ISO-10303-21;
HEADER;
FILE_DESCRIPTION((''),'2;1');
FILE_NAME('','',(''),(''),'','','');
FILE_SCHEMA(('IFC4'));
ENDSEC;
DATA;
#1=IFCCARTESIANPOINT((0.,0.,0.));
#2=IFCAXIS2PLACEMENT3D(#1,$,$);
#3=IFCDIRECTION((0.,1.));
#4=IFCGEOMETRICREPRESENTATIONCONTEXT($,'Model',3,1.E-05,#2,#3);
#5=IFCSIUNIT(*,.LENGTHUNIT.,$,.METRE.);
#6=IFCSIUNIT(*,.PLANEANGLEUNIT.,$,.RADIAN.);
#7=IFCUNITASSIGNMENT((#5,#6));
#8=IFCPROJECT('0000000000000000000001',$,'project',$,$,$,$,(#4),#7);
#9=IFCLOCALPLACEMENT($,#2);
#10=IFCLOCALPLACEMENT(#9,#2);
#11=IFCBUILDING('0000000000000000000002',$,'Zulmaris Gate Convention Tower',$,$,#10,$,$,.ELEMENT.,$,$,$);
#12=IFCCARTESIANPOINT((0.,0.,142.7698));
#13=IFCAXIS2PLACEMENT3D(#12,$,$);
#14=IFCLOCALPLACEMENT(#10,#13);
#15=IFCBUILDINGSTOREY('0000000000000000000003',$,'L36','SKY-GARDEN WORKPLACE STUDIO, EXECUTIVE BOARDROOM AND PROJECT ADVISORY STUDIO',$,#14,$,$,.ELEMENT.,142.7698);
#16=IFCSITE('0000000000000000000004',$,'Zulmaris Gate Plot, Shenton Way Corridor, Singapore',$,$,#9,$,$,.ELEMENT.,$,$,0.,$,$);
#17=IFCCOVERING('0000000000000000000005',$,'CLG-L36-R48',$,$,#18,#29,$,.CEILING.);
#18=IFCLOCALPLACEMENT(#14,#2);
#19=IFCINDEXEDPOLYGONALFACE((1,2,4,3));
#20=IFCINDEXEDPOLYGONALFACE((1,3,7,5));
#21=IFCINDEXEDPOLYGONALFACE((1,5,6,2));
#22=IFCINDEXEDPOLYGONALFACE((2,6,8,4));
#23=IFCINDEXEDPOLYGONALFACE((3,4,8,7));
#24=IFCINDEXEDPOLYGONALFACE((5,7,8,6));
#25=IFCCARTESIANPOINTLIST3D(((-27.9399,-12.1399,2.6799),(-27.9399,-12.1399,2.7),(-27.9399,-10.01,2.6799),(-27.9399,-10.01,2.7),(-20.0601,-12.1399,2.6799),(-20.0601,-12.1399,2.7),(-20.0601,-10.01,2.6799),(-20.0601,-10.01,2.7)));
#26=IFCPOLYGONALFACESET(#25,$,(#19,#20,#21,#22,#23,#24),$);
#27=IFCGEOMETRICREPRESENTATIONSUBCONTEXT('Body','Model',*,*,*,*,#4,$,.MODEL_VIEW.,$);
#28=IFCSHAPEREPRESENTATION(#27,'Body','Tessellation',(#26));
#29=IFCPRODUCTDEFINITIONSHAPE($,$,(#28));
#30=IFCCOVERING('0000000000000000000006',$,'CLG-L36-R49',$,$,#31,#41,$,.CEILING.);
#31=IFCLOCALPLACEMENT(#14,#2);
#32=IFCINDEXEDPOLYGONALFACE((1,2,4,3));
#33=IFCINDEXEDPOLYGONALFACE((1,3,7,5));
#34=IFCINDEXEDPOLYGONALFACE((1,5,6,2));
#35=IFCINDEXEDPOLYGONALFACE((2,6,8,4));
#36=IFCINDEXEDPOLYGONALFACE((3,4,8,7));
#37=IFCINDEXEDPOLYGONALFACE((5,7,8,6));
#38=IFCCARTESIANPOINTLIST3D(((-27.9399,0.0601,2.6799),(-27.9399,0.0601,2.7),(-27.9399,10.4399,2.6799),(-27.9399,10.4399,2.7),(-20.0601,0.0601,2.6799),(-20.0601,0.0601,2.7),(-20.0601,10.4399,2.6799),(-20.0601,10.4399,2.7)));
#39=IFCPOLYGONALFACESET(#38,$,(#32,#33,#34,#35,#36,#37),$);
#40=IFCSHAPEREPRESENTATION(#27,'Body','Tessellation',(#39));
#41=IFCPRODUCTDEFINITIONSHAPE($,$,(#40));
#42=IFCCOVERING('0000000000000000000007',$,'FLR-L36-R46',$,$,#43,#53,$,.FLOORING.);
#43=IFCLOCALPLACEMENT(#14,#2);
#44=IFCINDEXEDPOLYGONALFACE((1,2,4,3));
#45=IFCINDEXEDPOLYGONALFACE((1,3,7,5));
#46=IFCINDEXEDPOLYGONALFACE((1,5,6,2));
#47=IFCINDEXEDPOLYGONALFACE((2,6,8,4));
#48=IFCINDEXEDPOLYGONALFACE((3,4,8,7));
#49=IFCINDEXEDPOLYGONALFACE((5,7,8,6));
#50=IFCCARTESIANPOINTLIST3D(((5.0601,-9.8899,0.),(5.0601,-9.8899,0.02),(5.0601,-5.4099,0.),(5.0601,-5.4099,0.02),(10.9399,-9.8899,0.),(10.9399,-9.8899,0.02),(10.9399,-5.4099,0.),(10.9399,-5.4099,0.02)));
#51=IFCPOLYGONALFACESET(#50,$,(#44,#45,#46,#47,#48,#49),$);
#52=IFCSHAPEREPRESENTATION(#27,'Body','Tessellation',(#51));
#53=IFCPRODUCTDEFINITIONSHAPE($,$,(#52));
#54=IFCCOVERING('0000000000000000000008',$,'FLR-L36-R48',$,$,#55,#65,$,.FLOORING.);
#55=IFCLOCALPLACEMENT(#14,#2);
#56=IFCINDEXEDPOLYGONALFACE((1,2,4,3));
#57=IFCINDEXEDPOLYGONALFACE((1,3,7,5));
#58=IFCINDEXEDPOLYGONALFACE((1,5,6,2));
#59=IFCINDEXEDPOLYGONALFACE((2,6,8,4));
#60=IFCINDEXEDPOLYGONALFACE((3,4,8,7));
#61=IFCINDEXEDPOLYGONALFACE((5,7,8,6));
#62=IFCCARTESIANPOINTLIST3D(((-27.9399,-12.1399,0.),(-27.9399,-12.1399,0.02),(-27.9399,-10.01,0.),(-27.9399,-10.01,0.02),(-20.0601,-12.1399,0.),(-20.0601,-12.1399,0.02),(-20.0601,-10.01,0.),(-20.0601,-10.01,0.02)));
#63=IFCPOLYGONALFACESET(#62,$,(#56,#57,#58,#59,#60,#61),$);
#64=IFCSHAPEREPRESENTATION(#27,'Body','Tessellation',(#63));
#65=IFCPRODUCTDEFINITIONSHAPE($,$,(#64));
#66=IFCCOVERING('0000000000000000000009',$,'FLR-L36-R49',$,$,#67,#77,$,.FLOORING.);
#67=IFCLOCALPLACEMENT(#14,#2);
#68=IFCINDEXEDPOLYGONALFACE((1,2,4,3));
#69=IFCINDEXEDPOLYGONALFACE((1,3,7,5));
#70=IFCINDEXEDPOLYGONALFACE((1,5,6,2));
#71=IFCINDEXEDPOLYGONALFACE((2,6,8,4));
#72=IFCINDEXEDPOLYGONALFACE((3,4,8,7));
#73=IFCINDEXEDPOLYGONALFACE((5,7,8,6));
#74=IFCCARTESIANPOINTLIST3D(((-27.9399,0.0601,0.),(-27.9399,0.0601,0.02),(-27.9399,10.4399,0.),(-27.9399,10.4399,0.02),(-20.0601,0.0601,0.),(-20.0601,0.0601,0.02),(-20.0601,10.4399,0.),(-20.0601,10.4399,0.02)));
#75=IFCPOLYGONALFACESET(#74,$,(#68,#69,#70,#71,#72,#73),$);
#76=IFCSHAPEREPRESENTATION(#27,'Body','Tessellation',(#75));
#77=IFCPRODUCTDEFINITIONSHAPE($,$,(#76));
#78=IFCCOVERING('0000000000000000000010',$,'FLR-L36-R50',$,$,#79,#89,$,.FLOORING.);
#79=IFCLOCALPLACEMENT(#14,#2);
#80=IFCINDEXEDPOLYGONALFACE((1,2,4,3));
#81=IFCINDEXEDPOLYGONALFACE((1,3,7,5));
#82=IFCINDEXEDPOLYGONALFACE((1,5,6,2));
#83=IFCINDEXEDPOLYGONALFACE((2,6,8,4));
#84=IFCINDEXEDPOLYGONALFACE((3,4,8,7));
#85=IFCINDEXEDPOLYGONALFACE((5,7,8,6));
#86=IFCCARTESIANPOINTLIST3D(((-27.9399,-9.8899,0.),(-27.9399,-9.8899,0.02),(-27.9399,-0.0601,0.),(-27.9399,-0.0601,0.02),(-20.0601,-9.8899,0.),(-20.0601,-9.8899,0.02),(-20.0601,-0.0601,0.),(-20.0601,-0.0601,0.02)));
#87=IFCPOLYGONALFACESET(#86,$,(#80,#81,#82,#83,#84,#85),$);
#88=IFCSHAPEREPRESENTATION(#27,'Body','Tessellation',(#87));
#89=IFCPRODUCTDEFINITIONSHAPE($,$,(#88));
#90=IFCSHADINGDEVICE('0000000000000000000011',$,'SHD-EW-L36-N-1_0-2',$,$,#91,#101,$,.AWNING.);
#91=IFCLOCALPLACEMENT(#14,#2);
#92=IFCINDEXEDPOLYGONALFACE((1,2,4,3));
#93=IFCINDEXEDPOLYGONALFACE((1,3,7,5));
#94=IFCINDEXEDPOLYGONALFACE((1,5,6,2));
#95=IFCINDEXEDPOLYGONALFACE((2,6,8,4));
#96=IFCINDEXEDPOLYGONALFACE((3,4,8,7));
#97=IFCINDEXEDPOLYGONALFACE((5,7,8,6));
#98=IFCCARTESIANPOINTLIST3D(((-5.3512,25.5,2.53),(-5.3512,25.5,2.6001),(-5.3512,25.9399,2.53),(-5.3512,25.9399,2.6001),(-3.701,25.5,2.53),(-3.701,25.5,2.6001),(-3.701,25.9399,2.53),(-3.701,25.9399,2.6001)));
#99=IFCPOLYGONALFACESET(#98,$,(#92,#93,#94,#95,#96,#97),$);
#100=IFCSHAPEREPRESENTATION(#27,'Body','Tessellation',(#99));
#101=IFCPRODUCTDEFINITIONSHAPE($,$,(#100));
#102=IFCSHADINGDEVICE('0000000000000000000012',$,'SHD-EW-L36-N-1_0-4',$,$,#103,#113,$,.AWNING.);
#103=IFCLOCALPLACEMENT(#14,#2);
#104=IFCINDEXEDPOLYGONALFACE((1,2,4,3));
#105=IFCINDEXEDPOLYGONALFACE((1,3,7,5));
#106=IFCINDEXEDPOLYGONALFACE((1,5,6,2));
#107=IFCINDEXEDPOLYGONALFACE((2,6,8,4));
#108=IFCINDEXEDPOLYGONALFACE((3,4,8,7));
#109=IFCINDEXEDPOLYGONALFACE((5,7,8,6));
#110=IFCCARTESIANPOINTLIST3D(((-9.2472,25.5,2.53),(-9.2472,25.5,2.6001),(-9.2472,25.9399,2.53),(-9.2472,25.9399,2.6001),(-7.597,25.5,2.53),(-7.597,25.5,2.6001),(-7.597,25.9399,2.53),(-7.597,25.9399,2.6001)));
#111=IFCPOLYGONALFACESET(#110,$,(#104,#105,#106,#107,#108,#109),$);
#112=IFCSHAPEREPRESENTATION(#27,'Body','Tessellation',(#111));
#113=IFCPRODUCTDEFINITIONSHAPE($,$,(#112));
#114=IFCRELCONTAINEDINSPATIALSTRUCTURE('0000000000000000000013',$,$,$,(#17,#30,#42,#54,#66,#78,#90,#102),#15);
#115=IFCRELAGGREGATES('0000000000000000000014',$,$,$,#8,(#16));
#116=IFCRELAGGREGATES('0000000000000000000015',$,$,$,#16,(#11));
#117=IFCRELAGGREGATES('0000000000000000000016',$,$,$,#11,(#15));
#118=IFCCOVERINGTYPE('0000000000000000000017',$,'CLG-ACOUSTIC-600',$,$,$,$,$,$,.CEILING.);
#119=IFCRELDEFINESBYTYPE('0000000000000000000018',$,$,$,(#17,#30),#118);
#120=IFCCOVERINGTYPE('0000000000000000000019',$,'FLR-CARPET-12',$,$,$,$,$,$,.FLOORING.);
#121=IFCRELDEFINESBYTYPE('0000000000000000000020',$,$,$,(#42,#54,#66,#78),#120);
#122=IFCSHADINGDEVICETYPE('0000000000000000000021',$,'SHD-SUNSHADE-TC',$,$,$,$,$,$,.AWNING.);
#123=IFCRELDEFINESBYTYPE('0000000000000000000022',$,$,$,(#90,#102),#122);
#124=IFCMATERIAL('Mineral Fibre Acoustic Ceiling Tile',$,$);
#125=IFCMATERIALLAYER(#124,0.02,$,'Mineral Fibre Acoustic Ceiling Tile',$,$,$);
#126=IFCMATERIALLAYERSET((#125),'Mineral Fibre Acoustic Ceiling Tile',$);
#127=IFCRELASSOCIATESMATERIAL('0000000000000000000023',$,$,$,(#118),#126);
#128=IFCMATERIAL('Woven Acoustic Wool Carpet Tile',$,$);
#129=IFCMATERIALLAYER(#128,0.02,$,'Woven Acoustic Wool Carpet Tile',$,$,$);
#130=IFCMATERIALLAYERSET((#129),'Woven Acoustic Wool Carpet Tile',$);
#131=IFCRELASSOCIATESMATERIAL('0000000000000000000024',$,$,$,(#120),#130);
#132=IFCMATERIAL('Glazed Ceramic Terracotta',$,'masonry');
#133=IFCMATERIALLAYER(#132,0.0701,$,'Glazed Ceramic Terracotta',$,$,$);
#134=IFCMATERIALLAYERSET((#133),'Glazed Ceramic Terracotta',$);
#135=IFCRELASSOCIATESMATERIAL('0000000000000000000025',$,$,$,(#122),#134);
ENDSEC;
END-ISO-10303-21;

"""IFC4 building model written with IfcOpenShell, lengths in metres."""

from ifc_helpers import new_model, si_unit, direction, frame, frame_2d, origin, place, context, subcontext, project, spatial, polyline, rectangle, outline, extrude, material, layer, layer_set, type_object, element, save


model = new_model("IFC4")

# Units and contexts
model_context = context("Model", 3, precision=1e-05, world=origin(), true_north=direction((0.0, 1.0)))
body_context = subcontext(model_context, "Body", "Model", "MODEL_VIEW")
ifc_project = project(units=[si_unit("LENGTHUNIT", "METRE"), si_unit("PLANEANGLEUNIT", "RADIAN")], contexts=[model_context])

# Site, building, storey
site_placement = place(None, origin())
site = spatial("IfcSite", under=ifc_project, at=site_placement, Name="Zulmaris Gate Plot, Shenton Way Corridor, Singapore", CompositionType="ELEMENT", RefElevation=0.0)
building_placement = place(site_placement, origin())
building = spatial("IfcBuilding", under=site, at=building_placement, Name="Zulmaris Gate Convention Tower", CompositionType="ELEMENT")
storey_placement = place(building_placement, frame((0.0, 0.0, 142.7698)))
storey = spatial("IfcBuildingStorey", under=building, at=storey_placement, Name="L36", Description="SKY-GARDEN WORKPLACE STUDIO, EXECUTIVE BOARDROOM AND PROJECT ADVISORY STUDIO", CompositionType="ELEMENT", Elevation=142.7698)

# Coverings
ifc_material_1 = material(Name="Mineral Fibre Acoustic Ceiling Tile")
ifc_layer_1 = layer(ifc_material_1, 0.02, Name="Mineral Fibre Acoustic Ceiling Tile")
ifc_layer_set_1 = layer_set([ifc_layer_1], Name="Mineral Fibre Acoustic Ceiling Tile")
covering_type_1 = type_object("IfcCoveringType", Name="CLG-ACOUSTIC-600", PredefinedType="CEILING", material=ifc_layer_set_1)
covering_1_placement = place(storey_placement, frame((0.0, 0.0, 2.6799)))
element("IfcCovering", 1, at=covering_1_placement, inside=storey, type_object=covering_type_1, Name="CLG-L36-R48", PredefinedType="CEILING", context=body_context, shape_type="SweptSolid", body=[
    extrude(outline(polyline([(-27.9399, -12.1399), (-20.0601, -12.1399), (-20.0601, -10.01), (-27.9399, -10.01), (-27.9399, -12.1399)])), origin(), (0.0, 0.0, 1.0), 0.02),
])
covering_2_placement = place(storey_placement, frame((0.0, 0.0, 2.6799)))
element("IfcCovering", 2, at=covering_2_placement, inside=storey, type_object=covering_type_1, Name="CLG-L36-R49", PredefinedType="CEILING", context=body_context, shape_type="SweptSolid", body=[
    extrude(outline(polyline([(-27.9399, 0.0601), (-20.0601, 0.0601), (-20.0601, 10.4399), (-27.9399, 10.4399), (-27.9399, 0.0601)])), origin(), (0.0, 0.0, 1.0), 0.02),
])
ifc_material_2 = material(Name="Woven Acoustic Wool Carpet Tile")
ifc_layer_2 = layer(ifc_material_2, 0.02, Name="Woven Acoustic Wool Carpet Tile")
ifc_layer_set_2 = layer_set([ifc_layer_2], Name="Woven Acoustic Wool Carpet Tile")
covering_type_2 = type_object("IfcCoveringType", Name="FLR-CARPET-12", PredefinedType="FLOORING", material=ifc_layer_set_2)
covering_3_placement = place(storey_placement, origin())
element("IfcCovering", 3, at=covering_3_placement, inside=storey, type_object=covering_type_2, Name="FLR-L36-R46", PredefinedType="FLOORING", context=body_context, shape_type="SweptSolid", body=[
    extrude(outline(polyline([(5.0601, -9.8899), (10.9399, -9.8899), (10.9399, -5.4099), (5.0601, -5.4099), (5.0601, -9.8899)])), origin(), (0.0, 0.0, 1.0), 0.02),
])
covering_4_placement = place(storey_placement, origin())
element("IfcCovering", 4, at=covering_4_placement, inside=storey, type_object=covering_type_2, Name="FLR-L36-R48", PredefinedType="FLOORING", context=body_context, shape_type="SweptSolid", body=[
    extrude(outline(polyline([(-27.9399, -12.1399), (-20.0601, -12.1399), (-20.0601, -10.01), (-27.9399, -10.01), (-27.9399, -12.1399)])), origin(), (0.0, 0.0, 1.0), 0.02),
])
covering_5_placement = place(storey_placement, origin())
element("IfcCovering", 5, at=covering_5_placement, inside=storey, type_object=covering_type_2, Name="FLR-L36-R49", PredefinedType="FLOORING", context=body_context, shape_type="SweptSolid", body=[
    extrude(outline(polyline([(-27.9399, 0.0601), (-20.0601, 0.0601), (-20.0601, 10.4399), (-27.9399, 10.4399), (-27.9399, 0.0601)])), origin(), (0.0, 0.0, 1.0), 0.02),
])
covering_6_placement = place(storey_placement, origin())
element("IfcCovering", 6, at=covering_6_placement, inside=storey, type_object=covering_type_2, Name="FLR-L36-R50", PredefinedType="FLOORING", context=body_context, shape_type="SweptSolid", body=[
    extrude(outline(polyline([(-27.9399, -9.8899), (-20.0601, -9.8899), (-20.0601, -0.0601), (-27.9399, -0.0601), (-27.9399, -9.8899)])), origin(), (0.0, 0.0, 1.0), 0.02),
])

# Shading devices
ifc_material_3 = material(Name="Glazed Ceramic Terracotta", Category="masonry")
ifc_layer_3 = layer(ifc_material_3, 0.0701, Name="Glazed Ceramic Terracotta")
ifc_layer_set_3 = layer_set([ifc_layer_3], Name="Glazed Ceramic Terracotta")
shading_device_type = type_object("IfcShadingDeviceType", Name="SHD-SUNSHADE-TC", PredefinedType="AWNING", material=ifc_layer_set_3)
for number, where, z_axis, x_axis, name in (
    (7, (-3.7009, 25.72, 2.53), (0.0, 0.0, 1.0), (-1.0, 0.0, 0.0), "SHD-EW-L36-N-1_0-2"),
    (8, (-7.5969, 25.72, 2.53), (0.0, 0.0, 1.0), (-1.0, 0.0, 0.0), "SHD-EW-L36-N-1_0-4"),
):
    element("IfcShadingDevice", number, at=place(storey_placement, frame(where, z_axis=z_axis, x_axis=x_axis)), inside=storey, type_object=shading_device_type, Name=name, PredefinedType="AWNING", context=body_context, shape_type="SweptSolid", body=[
        extrude(rectangle(XDim=1.6501, YDim=0.4399, at=frame_2d((0.8252, 0.0))), origin(), (0.0, 0.0, 1.0), 0.0701),
    ])

save(model, "model.ifc")
